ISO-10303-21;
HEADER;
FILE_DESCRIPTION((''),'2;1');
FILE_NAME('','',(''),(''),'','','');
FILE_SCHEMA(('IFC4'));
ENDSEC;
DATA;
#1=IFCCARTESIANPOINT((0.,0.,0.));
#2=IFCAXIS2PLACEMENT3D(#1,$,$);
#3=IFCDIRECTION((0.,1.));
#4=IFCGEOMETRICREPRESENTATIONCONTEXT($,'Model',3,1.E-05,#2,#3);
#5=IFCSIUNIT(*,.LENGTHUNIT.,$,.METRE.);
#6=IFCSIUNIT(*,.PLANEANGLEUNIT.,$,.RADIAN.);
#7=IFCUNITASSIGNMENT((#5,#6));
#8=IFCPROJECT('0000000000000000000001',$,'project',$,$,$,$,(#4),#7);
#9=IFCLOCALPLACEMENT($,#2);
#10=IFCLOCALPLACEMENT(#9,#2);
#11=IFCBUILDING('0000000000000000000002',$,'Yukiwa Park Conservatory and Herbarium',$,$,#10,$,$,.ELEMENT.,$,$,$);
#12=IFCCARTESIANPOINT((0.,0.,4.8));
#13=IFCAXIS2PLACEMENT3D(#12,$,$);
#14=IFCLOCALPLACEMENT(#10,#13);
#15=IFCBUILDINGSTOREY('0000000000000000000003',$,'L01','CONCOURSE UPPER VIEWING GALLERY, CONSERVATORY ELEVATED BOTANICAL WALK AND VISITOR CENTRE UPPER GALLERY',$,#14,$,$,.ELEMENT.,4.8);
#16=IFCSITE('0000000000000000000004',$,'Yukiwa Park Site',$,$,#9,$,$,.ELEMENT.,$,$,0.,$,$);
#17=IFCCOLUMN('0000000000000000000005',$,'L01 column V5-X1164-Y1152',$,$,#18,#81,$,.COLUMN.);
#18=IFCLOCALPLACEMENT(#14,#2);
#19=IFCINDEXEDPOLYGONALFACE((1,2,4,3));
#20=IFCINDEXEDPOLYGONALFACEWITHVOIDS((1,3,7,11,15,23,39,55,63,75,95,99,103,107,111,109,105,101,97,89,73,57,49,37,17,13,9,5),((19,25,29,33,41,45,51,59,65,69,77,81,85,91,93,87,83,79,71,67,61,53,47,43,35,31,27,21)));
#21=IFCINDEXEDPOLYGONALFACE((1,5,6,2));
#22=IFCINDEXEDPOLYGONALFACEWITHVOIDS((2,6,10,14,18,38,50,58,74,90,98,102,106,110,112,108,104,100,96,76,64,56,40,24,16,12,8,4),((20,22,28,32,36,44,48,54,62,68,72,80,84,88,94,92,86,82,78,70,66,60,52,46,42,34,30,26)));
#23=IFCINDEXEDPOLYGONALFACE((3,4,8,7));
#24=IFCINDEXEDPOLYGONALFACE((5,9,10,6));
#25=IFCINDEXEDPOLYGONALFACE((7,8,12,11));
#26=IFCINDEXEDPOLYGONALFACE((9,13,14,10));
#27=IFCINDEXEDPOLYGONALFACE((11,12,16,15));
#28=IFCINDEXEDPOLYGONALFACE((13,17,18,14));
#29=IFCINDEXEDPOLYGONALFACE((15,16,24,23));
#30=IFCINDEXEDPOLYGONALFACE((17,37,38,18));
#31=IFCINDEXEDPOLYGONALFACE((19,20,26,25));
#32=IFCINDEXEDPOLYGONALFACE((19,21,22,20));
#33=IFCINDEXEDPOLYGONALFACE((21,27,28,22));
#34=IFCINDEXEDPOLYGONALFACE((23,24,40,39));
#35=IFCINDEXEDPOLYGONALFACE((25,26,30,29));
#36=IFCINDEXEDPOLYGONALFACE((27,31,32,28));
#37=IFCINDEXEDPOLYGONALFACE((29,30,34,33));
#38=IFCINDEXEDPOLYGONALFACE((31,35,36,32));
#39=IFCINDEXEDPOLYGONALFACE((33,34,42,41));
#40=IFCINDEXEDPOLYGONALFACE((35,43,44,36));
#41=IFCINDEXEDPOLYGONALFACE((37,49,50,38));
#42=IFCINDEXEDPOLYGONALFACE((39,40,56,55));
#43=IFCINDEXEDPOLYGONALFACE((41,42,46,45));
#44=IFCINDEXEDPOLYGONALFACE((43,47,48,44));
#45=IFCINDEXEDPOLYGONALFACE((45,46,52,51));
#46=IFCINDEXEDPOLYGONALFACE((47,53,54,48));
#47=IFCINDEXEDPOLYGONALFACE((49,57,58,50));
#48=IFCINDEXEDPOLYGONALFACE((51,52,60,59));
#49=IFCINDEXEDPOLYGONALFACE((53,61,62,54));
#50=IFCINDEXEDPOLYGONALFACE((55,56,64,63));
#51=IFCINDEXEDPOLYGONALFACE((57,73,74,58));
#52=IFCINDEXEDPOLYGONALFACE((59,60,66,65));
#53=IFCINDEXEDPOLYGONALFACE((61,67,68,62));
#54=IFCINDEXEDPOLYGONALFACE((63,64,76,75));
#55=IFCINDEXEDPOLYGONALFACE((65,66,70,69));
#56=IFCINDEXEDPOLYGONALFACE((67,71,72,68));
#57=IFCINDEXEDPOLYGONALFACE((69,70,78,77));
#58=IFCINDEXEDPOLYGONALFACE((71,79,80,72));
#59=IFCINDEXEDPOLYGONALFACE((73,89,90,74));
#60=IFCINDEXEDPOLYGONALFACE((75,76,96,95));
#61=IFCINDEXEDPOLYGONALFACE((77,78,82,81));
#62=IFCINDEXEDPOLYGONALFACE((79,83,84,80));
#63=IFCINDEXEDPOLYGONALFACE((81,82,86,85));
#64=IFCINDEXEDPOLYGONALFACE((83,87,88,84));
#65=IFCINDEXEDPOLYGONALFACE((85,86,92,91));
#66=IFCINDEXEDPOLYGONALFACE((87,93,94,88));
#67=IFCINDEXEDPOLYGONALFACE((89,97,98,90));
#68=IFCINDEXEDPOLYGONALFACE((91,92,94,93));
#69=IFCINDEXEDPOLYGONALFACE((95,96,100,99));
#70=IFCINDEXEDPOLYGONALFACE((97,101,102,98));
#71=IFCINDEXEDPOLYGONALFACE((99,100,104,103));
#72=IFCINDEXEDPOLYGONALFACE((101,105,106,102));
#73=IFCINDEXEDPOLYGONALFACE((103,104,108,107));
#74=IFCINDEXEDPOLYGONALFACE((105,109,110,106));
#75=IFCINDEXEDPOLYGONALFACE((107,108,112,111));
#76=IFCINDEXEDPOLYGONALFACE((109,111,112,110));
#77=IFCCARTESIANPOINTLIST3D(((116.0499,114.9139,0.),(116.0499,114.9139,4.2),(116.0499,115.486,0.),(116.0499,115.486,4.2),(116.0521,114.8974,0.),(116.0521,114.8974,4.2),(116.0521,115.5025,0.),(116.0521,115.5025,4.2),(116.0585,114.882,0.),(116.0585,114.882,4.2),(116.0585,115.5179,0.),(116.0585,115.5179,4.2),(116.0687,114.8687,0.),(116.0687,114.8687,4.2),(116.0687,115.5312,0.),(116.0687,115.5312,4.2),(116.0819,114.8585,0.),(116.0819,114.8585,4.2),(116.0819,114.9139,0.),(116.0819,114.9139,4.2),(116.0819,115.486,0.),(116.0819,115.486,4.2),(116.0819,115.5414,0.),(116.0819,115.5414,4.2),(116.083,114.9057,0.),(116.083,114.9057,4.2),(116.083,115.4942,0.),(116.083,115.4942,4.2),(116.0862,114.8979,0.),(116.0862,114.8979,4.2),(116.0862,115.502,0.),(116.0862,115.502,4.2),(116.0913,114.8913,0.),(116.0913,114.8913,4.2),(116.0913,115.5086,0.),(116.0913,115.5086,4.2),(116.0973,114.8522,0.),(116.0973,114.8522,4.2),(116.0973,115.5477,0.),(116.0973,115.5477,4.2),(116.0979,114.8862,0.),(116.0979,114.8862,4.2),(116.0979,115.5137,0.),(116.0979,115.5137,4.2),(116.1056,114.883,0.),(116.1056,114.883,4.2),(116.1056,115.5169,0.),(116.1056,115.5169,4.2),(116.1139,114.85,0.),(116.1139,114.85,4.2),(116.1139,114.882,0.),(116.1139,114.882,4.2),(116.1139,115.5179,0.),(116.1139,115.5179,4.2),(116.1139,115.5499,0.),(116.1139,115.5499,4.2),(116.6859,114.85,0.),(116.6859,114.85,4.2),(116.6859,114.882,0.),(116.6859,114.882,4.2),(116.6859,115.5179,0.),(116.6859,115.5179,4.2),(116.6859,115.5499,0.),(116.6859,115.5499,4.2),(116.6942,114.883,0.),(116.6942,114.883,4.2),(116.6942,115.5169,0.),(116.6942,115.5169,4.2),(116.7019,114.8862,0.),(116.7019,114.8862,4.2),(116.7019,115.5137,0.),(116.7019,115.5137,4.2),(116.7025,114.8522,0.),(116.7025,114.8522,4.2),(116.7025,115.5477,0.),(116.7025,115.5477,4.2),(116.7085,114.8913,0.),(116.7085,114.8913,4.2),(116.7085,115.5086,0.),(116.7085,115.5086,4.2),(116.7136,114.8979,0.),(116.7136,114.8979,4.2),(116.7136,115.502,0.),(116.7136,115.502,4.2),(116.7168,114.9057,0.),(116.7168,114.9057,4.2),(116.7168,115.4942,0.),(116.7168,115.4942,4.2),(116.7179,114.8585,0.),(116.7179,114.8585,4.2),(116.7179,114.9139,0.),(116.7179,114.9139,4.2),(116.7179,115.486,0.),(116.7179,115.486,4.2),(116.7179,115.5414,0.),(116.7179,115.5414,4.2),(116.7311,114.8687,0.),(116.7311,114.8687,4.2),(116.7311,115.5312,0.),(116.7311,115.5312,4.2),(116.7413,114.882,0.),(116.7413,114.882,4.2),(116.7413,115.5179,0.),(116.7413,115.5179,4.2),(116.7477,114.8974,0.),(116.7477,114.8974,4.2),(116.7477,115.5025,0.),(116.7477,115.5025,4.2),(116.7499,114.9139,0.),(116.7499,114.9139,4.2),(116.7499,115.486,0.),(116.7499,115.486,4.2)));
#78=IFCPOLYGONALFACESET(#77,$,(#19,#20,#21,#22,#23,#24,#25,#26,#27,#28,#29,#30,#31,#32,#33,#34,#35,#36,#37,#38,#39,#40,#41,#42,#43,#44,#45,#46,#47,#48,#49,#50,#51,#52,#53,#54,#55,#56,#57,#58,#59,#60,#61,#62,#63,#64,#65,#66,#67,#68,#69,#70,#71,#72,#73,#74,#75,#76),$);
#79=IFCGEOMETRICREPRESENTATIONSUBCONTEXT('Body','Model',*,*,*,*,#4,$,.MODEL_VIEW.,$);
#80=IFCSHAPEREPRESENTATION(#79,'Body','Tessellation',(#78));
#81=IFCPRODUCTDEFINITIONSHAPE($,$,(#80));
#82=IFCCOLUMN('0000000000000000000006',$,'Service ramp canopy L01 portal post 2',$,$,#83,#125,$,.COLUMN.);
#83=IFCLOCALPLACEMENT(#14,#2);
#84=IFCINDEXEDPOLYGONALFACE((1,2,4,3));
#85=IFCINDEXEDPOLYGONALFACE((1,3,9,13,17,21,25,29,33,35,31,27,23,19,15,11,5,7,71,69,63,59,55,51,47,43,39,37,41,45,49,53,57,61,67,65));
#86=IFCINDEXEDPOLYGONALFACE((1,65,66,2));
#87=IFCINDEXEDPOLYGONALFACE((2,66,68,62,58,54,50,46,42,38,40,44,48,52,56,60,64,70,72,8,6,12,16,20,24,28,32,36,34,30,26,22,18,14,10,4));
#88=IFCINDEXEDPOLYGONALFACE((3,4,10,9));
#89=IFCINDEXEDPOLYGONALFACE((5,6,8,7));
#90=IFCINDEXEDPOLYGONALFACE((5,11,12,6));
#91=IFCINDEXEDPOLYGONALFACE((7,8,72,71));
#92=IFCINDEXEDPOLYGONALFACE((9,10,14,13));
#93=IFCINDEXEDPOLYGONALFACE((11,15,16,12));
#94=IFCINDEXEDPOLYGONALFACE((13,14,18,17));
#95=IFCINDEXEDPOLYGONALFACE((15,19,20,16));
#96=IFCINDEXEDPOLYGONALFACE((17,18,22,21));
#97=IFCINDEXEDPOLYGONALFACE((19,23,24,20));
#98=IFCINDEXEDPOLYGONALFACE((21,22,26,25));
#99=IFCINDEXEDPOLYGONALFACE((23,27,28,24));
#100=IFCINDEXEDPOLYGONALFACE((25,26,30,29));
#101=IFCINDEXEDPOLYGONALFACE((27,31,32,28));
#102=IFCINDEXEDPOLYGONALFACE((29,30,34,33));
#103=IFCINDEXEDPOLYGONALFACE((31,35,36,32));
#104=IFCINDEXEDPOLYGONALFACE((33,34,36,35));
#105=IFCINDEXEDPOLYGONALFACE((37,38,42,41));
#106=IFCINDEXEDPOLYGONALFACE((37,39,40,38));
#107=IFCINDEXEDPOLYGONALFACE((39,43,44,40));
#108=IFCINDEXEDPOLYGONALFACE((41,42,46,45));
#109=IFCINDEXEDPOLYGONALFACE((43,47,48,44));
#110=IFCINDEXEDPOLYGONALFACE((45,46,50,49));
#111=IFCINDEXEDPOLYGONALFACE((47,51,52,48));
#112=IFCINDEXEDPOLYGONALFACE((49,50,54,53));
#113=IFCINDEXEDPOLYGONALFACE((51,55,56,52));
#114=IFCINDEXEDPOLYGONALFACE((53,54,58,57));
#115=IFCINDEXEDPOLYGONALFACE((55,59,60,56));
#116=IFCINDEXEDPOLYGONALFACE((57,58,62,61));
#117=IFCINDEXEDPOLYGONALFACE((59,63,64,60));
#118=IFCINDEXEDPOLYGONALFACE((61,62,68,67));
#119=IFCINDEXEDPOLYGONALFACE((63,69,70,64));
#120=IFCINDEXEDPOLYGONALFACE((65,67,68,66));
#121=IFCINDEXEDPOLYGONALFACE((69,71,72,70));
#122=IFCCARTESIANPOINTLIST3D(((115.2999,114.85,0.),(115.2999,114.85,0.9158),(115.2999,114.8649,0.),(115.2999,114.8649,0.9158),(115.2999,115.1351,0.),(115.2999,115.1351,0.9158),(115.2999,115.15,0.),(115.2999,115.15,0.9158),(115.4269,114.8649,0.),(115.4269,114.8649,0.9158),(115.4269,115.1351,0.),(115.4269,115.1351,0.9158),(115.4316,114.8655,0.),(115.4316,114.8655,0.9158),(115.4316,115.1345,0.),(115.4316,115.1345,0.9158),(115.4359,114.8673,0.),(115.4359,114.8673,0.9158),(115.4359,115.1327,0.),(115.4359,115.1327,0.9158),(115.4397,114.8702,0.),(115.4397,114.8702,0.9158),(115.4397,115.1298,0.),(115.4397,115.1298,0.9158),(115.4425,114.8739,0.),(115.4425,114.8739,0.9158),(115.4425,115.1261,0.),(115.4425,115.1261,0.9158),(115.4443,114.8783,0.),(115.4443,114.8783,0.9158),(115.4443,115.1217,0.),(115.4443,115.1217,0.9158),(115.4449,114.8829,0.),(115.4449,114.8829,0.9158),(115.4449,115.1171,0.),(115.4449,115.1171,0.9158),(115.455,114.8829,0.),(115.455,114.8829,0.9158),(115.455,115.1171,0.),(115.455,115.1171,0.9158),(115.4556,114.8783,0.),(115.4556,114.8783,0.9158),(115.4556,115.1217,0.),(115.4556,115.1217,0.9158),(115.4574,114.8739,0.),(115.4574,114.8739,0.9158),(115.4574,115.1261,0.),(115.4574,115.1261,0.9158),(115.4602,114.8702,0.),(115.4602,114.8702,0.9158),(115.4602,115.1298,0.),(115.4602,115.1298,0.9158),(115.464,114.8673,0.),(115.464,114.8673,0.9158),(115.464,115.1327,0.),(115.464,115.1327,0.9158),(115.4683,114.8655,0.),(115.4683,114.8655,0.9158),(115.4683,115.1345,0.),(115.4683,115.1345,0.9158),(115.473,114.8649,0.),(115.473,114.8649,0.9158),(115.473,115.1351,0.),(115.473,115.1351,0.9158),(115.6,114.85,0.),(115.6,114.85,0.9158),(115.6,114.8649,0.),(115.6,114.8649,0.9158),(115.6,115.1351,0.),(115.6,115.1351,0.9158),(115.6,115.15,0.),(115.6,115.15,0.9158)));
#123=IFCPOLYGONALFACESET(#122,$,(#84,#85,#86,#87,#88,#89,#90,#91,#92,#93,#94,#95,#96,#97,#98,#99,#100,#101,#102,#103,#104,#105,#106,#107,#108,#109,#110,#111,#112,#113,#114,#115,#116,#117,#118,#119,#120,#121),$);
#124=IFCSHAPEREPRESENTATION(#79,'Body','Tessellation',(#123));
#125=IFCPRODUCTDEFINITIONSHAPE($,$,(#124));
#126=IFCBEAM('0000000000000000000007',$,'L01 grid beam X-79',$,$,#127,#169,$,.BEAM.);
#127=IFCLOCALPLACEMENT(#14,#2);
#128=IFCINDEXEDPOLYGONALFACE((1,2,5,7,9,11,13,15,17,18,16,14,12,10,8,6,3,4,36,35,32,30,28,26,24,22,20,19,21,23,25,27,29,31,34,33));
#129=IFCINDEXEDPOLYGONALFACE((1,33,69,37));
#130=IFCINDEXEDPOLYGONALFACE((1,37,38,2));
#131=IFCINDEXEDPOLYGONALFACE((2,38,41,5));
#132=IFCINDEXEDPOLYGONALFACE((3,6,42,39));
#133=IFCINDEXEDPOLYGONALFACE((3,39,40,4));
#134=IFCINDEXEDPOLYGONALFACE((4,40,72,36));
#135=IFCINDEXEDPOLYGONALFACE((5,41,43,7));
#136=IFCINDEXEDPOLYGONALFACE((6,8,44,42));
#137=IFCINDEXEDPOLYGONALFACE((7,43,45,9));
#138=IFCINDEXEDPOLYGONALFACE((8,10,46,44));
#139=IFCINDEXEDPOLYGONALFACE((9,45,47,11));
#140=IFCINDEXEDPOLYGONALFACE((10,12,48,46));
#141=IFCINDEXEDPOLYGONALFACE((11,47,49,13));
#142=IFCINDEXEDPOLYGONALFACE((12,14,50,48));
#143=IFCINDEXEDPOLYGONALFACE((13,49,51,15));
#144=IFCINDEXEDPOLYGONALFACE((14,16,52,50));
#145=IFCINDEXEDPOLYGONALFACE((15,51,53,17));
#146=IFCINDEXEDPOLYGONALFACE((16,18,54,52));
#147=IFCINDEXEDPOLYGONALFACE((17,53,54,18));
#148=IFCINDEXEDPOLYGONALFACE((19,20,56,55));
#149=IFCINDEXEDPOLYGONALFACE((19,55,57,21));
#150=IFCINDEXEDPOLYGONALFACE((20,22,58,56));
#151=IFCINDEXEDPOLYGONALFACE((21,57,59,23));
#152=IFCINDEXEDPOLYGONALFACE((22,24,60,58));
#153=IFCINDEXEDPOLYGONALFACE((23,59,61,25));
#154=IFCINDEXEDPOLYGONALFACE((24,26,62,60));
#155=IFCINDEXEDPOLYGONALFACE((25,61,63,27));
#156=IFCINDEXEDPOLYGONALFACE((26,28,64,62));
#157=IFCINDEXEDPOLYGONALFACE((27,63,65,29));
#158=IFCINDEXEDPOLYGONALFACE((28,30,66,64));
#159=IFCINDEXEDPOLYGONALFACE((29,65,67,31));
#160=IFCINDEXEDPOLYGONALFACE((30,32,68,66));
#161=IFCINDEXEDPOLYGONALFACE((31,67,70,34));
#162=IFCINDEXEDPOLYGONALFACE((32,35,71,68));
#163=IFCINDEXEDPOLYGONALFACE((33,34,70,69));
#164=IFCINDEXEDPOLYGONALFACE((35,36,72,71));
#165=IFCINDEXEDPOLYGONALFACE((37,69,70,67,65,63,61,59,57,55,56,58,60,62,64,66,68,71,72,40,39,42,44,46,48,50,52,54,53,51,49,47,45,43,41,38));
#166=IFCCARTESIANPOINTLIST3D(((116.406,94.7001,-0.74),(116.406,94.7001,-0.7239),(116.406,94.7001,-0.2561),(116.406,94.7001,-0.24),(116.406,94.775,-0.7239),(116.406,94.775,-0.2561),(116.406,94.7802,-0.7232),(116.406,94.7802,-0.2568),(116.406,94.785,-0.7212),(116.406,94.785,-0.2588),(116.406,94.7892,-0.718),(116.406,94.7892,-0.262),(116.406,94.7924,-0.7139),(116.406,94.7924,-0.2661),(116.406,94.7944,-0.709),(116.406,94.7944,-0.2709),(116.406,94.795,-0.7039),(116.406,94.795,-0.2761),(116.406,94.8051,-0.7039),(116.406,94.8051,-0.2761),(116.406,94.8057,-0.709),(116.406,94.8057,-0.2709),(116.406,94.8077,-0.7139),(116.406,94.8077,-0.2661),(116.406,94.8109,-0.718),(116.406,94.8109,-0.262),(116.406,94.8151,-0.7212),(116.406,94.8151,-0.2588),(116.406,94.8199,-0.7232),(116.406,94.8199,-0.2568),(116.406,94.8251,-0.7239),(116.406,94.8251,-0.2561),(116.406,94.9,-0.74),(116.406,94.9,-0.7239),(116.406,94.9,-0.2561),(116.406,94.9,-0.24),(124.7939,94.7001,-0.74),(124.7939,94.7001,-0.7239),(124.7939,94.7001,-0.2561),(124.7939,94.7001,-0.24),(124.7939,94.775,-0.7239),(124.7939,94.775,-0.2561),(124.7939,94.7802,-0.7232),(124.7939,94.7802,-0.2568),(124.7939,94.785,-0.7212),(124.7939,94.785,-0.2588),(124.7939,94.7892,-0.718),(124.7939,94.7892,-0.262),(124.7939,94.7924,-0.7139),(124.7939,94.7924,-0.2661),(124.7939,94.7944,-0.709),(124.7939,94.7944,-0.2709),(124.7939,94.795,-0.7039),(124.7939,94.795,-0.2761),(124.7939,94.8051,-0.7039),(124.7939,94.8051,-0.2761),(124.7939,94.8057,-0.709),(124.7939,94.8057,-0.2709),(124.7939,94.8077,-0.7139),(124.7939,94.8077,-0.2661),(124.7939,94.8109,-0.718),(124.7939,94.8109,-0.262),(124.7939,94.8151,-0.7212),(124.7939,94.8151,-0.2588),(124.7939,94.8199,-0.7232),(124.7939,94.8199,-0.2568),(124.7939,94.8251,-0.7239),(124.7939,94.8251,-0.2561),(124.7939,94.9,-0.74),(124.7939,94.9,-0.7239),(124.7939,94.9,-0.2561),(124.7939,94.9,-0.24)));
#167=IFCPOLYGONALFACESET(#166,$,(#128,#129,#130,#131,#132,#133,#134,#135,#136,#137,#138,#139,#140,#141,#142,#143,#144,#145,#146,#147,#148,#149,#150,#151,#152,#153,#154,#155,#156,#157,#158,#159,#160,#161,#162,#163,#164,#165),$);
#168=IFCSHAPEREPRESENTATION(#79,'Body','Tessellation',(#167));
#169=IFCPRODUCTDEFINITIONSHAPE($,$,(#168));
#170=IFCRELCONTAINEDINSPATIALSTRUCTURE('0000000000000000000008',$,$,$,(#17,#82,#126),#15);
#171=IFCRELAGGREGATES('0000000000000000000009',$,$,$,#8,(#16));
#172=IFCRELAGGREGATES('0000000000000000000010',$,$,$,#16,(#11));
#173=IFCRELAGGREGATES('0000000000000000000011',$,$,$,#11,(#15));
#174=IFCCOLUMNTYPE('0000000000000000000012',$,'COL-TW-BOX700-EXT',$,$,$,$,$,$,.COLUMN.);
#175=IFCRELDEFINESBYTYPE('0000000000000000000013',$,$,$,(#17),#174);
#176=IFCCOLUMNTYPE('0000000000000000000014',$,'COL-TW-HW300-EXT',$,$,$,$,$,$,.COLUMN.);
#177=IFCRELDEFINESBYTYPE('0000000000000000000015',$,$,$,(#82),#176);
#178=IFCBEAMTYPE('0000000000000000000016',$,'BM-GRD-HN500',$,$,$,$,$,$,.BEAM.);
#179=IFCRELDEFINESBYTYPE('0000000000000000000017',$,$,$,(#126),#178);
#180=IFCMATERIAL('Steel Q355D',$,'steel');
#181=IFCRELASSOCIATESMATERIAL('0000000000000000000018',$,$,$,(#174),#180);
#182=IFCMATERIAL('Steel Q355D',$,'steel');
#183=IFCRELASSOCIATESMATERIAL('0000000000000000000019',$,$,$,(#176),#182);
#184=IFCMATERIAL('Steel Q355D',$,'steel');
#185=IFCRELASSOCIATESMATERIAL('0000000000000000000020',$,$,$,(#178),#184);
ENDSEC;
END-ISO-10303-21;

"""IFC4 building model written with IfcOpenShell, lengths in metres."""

from ifc_helpers import new_model, si_unit, direction, frame, origin, origin_2d, place, context, subcontext, project, spatial, hollow_rectangle, i_section, extrude, material, material_profile, profile_set, type_object, element, save


model = new_model("IFC4")

# Units and contexts
model_context = context("Model", 3, precision=1e-05, world=origin(), true_north=direction((0.0, 1.0)))
body_context = subcontext(model_context, "Body", "Model", "MODEL_VIEW")
ifc_project = project(units=[si_unit("LENGTHUNIT", "METRE"), si_unit("PLANEANGLEUNIT", "RADIAN")], contexts=[model_context])

# Site, building, storey
site_placement = place(None, origin())
site = spatial("IfcSite", under=ifc_project, at=site_placement, Name="Yukiwa Park Site", CompositionType="ELEMENT", RefElevation=0.0)
building_placement = place(site_placement, origin())
building = spatial("IfcBuilding", under=site, at=building_placement, Name="Yukiwa Park Conservatory and Herbarium", CompositionType="ELEMENT")
storey_placement = place(building_placement, frame((0.0, 0.0, 4.8)))
storey = spatial("IfcBuildingStorey", under=building, at=storey_placement, Name="L01", Description="CONCOURSE UPPER VIEWING GALLERY, CONSERVATORY ELEVATED BOTANICAL WALK AND VISITOR CENTRE UPPER GALLERY", CompositionType="ELEMENT", Elevation=4.8)

# Columns
ifc_material_1 = material(Name="Steel Q355D", Category="steel")
ifc_material_profile_1 = material_profile(ifc_material_1, hollow_rectangle(XDim=0.7, YDim=0.7, WallThickness=0.032, InnerFilletRadius=0.032, OuterFilletRadius=0.064, at=origin_2d()), Name="BOX 700x700x32")
ifc_profile_set_1 = profile_set([ifc_material_profile_1], Name="Steel Q355D")
column_type_1 = type_object("IfcColumnType", Name="COL-TW-BOX700-EXT", PredefinedType="COLUMN", material=ifc_profile_set_1)
column_1_placement = place(storey_placement, frame((116.3999, 115.2, 0.0), z_axis=(0.0, 0.0, 1.0), x_axis=(1.0, 0.0, 0.0)))
element("IfcColumn", 1, at=column_1_placement, inside=storey, type_object=column_type_1, Name="L01 column V5-X1164-Y1152", PredefinedType="COLUMN", context=body_context, shape_type="SweptSolid", body=[
    extrude(hollow_rectangle(XDim=0.7, YDim=0.7, WallThickness=0.032, InnerFilletRadius=0.032, OuterFilletRadius=0.064, at=origin_2d()), origin(), (0.0, 0.0, 1.0), 4.2),
])
ifc_material_2 = material(Name="Steel Q355D", Category="steel")
ifc_material_profile_2 = material_profile(ifc_material_2, i_section(OverallWidth=0.3, OverallDepth=0.3, WebThickness=0.01, FlangeThickness=0.0149, FilletRadius=0.0181, at=origin_2d()), Name="HW 300x300x10x15")
ifc_profile_set_2 = profile_set([ifc_material_profile_2], Name="Steel Q355D")
column_type_2 = type_object("IfcColumnType", Name="COL-TW-HW300-EXT", PredefinedType="COLUMN", material=ifc_profile_set_2)
column_2_placement = place(storey_placement, frame((115.45, 115.0, 0.0), z_axis=(0.0, 0.0, 1.0), x_axis=(1.0, 0.0, 0.0)))
element("IfcColumn", 2, at=column_2_placement, inside=storey, type_object=column_type_2, Name="Service ramp canopy L01 portal post 2", PredefinedType="COLUMN", context=body_context, shape_type="SweptSolid", body=[
    extrude(i_section(OverallWidth=0.3, OverallDepth=0.3, WebThickness=0.01, FlangeThickness=0.0149, FilletRadius=0.0181, at=origin_2d()), origin(), (0.0, 0.0, 1.0), 0.9158),
])

# Beam
ifc_material_3 = material(Name="Steel Q355D", Category="steel")
ifc_material_profile_3 = material_profile(ifc_material_3, i_section(OverallWidth=0.2, OverallDepth=0.5, WebThickness=0.01, FlangeThickness=0.0161, FilletRadius=0.02, at=origin_2d()), Name="HN 500x200x10x16")
ifc_profile_set_3 = profile_set([ifc_material_profile_3], Name="Steel Q355D")
beam_type_1 = type_object("IfcBeamType", Name="BM-GRD-HN500", PredefinedType="BEAM", material=ifc_profile_set_3)
for number, where, z_axis, x_axis, name in (
    (3, (116.406, 94.8, -0.49), (1.0, 0.0, 0.0), (0.0, 1.0, 0.0), "L01 grid beam X-79"),
):
    element("IfcBeam", number, at=place(storey_placement, frame(where, z_axis=z_axis, x_axis=x_axis)), inside=storey, type_object=beam_type_1, Name=name, PredefinedType="BEAM", context=body_context, shape_type="SweptSolid", body=[
        extrude(i_section(OverallWidth=0.2, OverallDepth=0.5, WebThickness=0.01, FlangeThickness=0.0161, FilletRadius=0.02, at=origin_2d()), origin(), (0.0, 0.0, 1.0), 8.3879),
    ])

save(model, "model.ifc")
